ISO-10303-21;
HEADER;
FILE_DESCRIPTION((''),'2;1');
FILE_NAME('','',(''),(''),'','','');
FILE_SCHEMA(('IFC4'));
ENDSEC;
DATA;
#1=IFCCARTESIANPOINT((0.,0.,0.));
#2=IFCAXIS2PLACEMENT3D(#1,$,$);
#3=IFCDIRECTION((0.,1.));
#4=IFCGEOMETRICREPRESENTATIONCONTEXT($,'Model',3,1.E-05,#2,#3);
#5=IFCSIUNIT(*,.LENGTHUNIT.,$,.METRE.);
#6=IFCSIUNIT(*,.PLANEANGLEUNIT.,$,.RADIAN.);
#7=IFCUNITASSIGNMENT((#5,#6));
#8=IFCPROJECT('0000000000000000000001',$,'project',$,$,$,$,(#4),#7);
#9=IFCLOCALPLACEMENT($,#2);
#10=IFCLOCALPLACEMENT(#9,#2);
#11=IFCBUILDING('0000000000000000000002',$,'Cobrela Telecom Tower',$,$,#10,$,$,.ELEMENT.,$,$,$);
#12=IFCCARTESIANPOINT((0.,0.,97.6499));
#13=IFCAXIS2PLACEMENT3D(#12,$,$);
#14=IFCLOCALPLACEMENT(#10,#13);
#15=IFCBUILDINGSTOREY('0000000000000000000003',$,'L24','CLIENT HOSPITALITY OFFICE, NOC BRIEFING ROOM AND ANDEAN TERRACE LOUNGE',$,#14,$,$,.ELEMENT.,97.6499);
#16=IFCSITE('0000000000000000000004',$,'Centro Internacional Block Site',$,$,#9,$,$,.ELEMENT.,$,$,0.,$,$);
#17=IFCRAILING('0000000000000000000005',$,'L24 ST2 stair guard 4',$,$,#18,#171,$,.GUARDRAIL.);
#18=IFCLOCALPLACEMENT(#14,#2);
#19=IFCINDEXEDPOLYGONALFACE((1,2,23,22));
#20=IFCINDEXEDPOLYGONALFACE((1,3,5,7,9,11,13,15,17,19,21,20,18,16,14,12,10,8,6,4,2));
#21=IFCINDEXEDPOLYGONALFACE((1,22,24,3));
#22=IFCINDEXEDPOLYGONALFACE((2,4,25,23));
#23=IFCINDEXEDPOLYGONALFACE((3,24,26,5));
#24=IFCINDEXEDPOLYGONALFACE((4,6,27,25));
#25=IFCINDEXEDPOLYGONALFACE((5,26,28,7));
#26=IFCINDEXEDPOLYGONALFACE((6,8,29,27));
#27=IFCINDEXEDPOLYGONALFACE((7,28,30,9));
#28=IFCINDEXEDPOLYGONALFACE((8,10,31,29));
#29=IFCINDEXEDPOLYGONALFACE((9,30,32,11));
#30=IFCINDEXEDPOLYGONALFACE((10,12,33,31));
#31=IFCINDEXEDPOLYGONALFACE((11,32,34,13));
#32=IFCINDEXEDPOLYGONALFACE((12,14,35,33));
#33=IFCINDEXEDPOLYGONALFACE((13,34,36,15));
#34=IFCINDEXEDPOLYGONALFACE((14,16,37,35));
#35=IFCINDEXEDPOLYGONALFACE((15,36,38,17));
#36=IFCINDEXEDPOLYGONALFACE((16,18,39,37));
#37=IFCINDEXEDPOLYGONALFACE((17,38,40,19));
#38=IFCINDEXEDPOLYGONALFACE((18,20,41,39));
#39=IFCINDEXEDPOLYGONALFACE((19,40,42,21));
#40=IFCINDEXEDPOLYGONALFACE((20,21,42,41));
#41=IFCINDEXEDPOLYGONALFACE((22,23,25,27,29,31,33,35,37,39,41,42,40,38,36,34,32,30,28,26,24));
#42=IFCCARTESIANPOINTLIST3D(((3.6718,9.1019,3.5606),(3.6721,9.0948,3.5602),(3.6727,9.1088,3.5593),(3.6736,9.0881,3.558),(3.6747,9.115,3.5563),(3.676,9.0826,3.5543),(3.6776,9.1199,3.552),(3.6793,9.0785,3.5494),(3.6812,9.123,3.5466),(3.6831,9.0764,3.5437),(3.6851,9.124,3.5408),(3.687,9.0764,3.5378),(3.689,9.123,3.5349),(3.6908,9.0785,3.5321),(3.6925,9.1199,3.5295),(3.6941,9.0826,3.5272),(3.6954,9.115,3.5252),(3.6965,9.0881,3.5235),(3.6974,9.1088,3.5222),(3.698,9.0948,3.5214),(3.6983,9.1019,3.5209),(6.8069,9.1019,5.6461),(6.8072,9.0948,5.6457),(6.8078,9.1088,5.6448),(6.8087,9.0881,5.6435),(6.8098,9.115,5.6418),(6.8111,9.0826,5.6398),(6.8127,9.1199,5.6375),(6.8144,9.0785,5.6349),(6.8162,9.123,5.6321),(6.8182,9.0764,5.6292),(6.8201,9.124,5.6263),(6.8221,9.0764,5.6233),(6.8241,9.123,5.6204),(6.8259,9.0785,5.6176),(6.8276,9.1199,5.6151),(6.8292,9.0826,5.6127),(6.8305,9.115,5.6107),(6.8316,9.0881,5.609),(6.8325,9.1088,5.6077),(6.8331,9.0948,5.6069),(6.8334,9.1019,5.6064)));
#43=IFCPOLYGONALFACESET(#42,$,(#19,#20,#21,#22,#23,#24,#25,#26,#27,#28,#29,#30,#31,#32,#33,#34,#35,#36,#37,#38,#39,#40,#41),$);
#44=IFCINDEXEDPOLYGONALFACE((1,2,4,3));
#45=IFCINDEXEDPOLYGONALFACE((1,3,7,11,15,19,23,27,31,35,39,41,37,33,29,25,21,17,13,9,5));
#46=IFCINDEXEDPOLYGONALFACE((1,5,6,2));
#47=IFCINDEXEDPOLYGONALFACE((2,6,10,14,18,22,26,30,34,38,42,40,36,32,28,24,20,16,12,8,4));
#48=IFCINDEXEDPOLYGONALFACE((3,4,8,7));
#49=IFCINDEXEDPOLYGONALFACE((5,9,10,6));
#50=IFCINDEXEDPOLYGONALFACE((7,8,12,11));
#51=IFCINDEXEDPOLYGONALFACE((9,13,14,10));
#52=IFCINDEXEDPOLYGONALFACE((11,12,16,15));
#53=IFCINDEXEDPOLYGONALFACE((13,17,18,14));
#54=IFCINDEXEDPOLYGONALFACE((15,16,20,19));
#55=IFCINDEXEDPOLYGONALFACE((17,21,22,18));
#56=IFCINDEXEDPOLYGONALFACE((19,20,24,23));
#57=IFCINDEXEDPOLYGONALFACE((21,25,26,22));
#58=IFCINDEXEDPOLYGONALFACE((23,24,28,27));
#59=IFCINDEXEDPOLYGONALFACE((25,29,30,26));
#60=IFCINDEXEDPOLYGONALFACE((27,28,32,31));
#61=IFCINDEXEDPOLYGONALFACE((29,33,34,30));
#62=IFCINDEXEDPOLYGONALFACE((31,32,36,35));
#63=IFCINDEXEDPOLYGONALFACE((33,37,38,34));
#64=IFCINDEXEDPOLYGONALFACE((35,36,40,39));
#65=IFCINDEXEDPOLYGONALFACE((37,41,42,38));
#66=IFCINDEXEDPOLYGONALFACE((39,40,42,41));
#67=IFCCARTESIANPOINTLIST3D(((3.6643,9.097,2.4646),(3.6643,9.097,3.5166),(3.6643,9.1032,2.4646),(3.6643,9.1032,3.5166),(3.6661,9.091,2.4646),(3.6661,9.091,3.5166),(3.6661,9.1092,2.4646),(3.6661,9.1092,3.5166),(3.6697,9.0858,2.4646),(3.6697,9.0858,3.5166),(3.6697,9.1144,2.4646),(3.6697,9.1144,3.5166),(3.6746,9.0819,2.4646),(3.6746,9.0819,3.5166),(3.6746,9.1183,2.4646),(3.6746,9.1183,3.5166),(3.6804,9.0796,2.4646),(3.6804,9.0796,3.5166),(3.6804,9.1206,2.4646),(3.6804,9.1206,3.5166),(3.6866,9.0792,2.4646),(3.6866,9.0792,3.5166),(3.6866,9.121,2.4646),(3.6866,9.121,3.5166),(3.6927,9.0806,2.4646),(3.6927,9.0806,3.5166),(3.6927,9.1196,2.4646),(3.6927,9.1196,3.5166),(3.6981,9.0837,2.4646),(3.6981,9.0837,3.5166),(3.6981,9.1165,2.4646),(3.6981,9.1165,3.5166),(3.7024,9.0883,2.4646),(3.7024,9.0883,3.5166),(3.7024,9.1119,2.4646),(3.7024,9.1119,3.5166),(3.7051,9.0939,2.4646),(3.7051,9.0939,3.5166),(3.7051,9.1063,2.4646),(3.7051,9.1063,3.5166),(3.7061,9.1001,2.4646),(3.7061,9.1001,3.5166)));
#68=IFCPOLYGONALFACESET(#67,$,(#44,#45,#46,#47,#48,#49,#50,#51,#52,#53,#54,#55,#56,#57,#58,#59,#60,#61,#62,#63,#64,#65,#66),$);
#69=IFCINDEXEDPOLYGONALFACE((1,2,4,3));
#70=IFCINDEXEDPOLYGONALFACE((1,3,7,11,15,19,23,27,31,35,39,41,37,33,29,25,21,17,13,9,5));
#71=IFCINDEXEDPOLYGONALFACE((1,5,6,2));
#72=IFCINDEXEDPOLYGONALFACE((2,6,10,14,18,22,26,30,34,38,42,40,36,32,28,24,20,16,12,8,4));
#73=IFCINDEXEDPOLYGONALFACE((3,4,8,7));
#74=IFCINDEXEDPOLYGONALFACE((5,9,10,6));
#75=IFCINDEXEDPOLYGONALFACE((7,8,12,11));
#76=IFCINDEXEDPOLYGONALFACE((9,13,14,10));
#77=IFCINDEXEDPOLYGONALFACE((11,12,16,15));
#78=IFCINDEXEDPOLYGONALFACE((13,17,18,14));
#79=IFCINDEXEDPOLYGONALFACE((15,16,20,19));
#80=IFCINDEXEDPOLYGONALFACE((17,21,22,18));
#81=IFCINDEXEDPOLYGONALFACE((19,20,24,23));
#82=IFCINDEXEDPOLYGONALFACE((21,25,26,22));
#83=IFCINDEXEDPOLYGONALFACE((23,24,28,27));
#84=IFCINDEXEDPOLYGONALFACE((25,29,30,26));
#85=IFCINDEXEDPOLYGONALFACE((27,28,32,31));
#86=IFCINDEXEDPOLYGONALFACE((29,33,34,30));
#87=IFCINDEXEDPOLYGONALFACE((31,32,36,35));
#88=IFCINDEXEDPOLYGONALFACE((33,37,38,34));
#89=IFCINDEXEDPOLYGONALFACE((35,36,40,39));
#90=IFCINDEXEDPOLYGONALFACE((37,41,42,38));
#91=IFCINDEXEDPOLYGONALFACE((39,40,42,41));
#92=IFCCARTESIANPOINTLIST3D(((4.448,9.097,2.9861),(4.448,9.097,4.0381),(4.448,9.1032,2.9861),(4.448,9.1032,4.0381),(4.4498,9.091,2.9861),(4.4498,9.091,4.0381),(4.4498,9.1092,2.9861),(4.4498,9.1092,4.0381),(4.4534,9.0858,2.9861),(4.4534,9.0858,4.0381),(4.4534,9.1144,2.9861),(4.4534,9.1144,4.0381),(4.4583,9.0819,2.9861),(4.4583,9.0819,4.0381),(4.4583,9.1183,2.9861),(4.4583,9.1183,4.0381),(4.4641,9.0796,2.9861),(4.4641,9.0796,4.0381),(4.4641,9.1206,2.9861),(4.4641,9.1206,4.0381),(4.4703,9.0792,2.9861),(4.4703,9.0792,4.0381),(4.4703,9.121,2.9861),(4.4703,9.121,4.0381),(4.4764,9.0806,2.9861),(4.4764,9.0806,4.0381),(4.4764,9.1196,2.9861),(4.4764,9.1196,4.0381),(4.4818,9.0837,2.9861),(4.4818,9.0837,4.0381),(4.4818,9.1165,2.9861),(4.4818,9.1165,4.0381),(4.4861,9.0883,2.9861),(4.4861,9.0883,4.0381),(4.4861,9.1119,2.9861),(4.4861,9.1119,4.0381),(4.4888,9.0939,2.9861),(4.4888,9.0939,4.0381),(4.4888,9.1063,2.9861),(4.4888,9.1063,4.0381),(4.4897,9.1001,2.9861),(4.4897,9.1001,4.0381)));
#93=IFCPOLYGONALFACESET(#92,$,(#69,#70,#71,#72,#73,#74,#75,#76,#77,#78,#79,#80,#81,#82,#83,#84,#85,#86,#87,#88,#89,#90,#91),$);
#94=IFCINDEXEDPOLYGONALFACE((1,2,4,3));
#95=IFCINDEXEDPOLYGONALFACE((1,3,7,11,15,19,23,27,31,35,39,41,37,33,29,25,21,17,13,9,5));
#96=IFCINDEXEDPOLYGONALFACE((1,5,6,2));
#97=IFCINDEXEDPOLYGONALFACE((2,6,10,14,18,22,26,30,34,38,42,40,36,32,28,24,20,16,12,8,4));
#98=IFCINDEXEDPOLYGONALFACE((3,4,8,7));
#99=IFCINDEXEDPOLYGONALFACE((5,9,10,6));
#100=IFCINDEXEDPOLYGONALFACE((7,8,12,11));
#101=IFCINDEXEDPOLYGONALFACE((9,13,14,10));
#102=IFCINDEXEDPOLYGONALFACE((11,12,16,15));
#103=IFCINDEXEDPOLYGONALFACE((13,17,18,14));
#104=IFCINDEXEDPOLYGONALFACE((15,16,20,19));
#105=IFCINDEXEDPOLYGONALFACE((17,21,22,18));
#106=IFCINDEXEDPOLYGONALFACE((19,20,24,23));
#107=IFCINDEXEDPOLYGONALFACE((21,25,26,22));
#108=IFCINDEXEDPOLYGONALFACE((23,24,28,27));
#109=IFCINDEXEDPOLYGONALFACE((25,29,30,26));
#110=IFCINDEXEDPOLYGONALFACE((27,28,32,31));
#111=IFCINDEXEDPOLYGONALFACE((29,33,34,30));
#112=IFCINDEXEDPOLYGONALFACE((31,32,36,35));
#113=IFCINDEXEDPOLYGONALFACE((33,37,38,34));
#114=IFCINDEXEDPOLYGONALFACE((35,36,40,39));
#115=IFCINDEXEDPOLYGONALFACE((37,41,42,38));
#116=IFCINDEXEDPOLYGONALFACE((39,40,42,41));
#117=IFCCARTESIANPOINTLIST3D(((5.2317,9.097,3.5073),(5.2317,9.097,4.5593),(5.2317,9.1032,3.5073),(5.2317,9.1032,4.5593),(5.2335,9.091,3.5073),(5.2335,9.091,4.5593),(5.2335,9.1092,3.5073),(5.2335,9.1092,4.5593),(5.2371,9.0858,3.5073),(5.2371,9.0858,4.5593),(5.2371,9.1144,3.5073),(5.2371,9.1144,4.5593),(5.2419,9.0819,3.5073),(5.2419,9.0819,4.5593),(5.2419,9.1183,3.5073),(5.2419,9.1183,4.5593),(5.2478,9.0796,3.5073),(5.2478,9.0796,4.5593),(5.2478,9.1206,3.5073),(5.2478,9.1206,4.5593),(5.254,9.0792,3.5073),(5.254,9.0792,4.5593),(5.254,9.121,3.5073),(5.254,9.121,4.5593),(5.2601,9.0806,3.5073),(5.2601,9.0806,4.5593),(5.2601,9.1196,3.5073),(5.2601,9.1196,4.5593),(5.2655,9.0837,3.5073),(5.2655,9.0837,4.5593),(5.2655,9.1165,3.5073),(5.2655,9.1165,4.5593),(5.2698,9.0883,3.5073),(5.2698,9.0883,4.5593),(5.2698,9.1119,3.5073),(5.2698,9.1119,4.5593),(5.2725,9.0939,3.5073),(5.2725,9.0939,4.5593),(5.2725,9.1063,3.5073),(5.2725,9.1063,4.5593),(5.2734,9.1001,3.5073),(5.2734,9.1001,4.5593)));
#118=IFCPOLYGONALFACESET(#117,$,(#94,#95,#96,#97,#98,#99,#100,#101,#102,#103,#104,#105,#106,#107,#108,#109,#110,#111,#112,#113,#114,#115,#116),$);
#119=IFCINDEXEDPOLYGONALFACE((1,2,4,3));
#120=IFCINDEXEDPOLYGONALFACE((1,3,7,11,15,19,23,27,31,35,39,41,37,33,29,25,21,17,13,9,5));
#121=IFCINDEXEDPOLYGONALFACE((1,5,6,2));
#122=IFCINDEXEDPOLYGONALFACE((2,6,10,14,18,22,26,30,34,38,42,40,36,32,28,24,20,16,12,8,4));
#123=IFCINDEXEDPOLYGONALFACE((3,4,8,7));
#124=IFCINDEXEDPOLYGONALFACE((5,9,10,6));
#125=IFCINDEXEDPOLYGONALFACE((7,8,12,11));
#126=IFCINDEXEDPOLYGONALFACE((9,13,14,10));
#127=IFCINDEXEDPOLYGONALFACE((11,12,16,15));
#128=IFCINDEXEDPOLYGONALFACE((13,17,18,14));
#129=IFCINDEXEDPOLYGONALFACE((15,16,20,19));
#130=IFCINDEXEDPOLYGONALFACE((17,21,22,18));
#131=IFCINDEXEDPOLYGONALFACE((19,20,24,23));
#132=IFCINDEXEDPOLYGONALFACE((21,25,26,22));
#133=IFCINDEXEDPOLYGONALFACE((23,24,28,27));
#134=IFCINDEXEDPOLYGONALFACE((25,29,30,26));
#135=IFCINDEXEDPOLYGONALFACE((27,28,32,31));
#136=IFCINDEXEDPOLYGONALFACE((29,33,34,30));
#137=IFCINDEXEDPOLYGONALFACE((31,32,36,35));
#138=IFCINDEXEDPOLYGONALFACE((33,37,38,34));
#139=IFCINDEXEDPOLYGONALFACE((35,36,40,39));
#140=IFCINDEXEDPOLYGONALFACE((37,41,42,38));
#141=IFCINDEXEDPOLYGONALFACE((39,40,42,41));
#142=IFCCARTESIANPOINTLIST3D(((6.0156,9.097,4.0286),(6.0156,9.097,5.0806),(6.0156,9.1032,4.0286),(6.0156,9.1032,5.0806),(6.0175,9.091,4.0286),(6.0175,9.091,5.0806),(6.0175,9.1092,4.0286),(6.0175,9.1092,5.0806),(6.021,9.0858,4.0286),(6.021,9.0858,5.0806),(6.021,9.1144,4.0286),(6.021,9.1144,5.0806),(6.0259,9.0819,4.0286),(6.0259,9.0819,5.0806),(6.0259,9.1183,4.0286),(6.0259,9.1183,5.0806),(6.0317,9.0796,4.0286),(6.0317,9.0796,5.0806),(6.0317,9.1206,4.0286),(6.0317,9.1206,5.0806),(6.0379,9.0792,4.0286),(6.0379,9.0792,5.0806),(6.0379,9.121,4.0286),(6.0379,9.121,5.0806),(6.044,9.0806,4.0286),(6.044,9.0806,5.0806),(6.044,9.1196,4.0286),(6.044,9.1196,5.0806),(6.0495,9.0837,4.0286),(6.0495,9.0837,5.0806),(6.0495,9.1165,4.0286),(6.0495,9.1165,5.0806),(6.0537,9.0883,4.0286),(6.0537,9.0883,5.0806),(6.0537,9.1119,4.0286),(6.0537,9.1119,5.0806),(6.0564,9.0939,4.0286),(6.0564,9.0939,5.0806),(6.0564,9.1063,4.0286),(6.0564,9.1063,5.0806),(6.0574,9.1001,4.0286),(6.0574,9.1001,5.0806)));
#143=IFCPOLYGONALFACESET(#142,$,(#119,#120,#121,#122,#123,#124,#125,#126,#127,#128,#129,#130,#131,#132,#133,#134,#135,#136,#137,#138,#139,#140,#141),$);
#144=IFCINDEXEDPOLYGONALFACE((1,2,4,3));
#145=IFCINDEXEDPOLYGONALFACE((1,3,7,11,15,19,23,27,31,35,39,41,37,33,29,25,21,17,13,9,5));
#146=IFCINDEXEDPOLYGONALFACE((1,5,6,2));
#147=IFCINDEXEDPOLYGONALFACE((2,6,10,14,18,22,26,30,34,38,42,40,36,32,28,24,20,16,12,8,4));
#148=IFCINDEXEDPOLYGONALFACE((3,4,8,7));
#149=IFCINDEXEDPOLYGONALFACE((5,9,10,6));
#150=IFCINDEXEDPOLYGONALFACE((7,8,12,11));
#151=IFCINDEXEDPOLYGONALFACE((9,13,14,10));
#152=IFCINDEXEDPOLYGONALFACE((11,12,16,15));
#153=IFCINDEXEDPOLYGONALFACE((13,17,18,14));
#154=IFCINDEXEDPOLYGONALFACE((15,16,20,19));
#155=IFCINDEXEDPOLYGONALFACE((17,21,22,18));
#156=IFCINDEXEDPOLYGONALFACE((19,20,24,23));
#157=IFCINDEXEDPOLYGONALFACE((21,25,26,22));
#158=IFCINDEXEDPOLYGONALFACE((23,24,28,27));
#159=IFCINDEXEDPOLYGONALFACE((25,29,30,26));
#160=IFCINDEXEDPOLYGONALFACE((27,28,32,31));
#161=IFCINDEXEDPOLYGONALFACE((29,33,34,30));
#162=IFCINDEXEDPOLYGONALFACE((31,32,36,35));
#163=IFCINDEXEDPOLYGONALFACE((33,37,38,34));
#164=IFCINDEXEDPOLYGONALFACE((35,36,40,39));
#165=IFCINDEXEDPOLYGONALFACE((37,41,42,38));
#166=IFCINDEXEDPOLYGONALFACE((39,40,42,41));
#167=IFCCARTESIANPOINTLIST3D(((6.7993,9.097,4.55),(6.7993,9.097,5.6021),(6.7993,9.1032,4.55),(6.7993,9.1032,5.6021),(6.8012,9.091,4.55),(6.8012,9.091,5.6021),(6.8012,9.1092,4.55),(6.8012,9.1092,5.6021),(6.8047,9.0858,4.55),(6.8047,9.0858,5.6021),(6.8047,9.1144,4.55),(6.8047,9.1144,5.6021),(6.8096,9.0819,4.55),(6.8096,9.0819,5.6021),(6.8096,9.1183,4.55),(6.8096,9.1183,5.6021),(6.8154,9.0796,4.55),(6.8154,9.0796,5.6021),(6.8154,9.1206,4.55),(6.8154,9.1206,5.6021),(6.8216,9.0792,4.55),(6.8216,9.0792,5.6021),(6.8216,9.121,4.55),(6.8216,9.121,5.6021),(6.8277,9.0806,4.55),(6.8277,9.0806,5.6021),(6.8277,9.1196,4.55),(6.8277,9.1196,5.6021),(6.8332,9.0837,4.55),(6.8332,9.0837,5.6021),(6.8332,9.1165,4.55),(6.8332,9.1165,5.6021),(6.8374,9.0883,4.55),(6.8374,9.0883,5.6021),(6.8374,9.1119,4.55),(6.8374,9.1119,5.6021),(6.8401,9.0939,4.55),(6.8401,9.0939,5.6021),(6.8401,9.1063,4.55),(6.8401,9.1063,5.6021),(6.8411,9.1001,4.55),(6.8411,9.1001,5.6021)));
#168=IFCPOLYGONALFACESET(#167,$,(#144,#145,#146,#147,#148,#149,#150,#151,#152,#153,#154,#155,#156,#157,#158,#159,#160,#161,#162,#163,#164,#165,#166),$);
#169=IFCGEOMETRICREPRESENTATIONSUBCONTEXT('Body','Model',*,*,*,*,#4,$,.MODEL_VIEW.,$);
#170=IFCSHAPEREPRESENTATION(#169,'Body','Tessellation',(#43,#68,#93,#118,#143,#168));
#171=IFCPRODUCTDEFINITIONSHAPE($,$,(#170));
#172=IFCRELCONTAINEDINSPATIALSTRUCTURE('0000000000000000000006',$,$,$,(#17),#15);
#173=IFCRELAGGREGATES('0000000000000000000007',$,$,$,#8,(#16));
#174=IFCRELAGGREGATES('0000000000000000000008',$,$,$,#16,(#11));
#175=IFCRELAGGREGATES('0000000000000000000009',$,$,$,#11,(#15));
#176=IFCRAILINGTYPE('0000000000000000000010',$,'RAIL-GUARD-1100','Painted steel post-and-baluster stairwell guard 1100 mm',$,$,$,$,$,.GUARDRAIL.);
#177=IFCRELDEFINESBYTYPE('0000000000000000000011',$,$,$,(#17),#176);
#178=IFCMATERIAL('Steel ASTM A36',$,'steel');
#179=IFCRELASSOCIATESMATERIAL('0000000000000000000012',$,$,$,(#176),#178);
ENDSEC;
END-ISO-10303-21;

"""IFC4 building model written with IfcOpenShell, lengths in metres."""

from ifc_helpers import new_model, si_unit, direction, frame, origin, origin_2d, place, context, subcontext, project, spatial, circle, extrude, material, type_object, element, save


model = new_model("IFC4")

# Units and contexts
model_context = context("Model", 3, precision=1e-05, world=origin(), true_north=direction((0.0, 1.0)))
body_context = subcontext(model_context, "Body", "Model", "MODEL_VIEW")
ifc_project = project(units=[si_unit("LENGTHUNIT", "METRE"), si_unit("PLANEANGLEUNIT", "RADIAN")], contexts=[model_context])

# Site, building, storey
site_placement = place(None, origin())
site = spatial("IfcSite", under=ifc_project, at=site_placement, Name="Centro Internacional Block Site", CompositionType="ELEMENT", RefElevation=0.0)
building_placement = place(site_placement, origin())
building = spatial("IfcBuilding", under=site, at=building_placement, Name="Cobrela Telecom Tower", CompositionType="ELEMENT")
storey_placement = place(building_placement, frame((0.0, 0.0, 97.6499)))
storey = spatial("IfcBuildingStorey", under=building, at=storey_placement, Name="L24", Description="CLIENT HOSPITALITY OFFICE, NOC BRIEFING ROOM AND ANDEAN TERRACE LOUNGE", CompositionType="ELEMENT", Elevation=97.6499)

# Shared definitions
ifc_material_1 = material(Name="Steel ASTM A36", Category="steel")

# Railing
railing_type_1 = type_object("IfcRailingType", Name="RAIL-GUARD-1100", Description="Painted steel post-and-baluster stairwell guard 1100 mm", PredefinedType="GUARDRAIL", material=ifc_material_1)
railing_1_placement = place(storey_placement, frame((3.6851, 9.1001, 2.4646)))
element("IfcRailing", 1, at=railing_1_placement, inside=storey, type_object=railing_type_1, Name="L24 ST2 stair guard 4", PredefinedType="GUARDRAIL", context=body_context, shape_type="SweptSolid", body=[
    extrude(circle(Radius=0.0239, at=origin_2d()), frame((0.0, 0.0, 1.0762), z_axis=(0.832608, 0.0, 0.553862), x_axis=(0.0, 1.0, 0.0)), (0.0, 0.0, 1.0), 3.7654),
    extrude(circle(Radius=0.021, at=origin_2d()), origin(), (0.0, 0.0, 1.0), 1.052),
    extrude(circle(Radius=0.021, at=origin_2d()), frame((0.7837, 0.0, 0.5215)), (0.0, 0.0, 1.0), 1.052),
    extrude(circle(Radius=0.021, at=origin_2d()), frame((1.5674, 0.0, 1.0427)), (0.0, 0.0, 1.0), 1.052),
    extrude(circle(Radius=0.021, at=origin_2d()), frame((2.3513, 0.0, 1.564)), (0.0, 0.0, 1.0), 1.052),
    extrude(circle(Radius=0.021, at=origin_2d()), frame((3.135, 0.0, 2.0854)), (0.0, 0.0, 1.0), 1.052),
])

save(model, "model.ifc")
